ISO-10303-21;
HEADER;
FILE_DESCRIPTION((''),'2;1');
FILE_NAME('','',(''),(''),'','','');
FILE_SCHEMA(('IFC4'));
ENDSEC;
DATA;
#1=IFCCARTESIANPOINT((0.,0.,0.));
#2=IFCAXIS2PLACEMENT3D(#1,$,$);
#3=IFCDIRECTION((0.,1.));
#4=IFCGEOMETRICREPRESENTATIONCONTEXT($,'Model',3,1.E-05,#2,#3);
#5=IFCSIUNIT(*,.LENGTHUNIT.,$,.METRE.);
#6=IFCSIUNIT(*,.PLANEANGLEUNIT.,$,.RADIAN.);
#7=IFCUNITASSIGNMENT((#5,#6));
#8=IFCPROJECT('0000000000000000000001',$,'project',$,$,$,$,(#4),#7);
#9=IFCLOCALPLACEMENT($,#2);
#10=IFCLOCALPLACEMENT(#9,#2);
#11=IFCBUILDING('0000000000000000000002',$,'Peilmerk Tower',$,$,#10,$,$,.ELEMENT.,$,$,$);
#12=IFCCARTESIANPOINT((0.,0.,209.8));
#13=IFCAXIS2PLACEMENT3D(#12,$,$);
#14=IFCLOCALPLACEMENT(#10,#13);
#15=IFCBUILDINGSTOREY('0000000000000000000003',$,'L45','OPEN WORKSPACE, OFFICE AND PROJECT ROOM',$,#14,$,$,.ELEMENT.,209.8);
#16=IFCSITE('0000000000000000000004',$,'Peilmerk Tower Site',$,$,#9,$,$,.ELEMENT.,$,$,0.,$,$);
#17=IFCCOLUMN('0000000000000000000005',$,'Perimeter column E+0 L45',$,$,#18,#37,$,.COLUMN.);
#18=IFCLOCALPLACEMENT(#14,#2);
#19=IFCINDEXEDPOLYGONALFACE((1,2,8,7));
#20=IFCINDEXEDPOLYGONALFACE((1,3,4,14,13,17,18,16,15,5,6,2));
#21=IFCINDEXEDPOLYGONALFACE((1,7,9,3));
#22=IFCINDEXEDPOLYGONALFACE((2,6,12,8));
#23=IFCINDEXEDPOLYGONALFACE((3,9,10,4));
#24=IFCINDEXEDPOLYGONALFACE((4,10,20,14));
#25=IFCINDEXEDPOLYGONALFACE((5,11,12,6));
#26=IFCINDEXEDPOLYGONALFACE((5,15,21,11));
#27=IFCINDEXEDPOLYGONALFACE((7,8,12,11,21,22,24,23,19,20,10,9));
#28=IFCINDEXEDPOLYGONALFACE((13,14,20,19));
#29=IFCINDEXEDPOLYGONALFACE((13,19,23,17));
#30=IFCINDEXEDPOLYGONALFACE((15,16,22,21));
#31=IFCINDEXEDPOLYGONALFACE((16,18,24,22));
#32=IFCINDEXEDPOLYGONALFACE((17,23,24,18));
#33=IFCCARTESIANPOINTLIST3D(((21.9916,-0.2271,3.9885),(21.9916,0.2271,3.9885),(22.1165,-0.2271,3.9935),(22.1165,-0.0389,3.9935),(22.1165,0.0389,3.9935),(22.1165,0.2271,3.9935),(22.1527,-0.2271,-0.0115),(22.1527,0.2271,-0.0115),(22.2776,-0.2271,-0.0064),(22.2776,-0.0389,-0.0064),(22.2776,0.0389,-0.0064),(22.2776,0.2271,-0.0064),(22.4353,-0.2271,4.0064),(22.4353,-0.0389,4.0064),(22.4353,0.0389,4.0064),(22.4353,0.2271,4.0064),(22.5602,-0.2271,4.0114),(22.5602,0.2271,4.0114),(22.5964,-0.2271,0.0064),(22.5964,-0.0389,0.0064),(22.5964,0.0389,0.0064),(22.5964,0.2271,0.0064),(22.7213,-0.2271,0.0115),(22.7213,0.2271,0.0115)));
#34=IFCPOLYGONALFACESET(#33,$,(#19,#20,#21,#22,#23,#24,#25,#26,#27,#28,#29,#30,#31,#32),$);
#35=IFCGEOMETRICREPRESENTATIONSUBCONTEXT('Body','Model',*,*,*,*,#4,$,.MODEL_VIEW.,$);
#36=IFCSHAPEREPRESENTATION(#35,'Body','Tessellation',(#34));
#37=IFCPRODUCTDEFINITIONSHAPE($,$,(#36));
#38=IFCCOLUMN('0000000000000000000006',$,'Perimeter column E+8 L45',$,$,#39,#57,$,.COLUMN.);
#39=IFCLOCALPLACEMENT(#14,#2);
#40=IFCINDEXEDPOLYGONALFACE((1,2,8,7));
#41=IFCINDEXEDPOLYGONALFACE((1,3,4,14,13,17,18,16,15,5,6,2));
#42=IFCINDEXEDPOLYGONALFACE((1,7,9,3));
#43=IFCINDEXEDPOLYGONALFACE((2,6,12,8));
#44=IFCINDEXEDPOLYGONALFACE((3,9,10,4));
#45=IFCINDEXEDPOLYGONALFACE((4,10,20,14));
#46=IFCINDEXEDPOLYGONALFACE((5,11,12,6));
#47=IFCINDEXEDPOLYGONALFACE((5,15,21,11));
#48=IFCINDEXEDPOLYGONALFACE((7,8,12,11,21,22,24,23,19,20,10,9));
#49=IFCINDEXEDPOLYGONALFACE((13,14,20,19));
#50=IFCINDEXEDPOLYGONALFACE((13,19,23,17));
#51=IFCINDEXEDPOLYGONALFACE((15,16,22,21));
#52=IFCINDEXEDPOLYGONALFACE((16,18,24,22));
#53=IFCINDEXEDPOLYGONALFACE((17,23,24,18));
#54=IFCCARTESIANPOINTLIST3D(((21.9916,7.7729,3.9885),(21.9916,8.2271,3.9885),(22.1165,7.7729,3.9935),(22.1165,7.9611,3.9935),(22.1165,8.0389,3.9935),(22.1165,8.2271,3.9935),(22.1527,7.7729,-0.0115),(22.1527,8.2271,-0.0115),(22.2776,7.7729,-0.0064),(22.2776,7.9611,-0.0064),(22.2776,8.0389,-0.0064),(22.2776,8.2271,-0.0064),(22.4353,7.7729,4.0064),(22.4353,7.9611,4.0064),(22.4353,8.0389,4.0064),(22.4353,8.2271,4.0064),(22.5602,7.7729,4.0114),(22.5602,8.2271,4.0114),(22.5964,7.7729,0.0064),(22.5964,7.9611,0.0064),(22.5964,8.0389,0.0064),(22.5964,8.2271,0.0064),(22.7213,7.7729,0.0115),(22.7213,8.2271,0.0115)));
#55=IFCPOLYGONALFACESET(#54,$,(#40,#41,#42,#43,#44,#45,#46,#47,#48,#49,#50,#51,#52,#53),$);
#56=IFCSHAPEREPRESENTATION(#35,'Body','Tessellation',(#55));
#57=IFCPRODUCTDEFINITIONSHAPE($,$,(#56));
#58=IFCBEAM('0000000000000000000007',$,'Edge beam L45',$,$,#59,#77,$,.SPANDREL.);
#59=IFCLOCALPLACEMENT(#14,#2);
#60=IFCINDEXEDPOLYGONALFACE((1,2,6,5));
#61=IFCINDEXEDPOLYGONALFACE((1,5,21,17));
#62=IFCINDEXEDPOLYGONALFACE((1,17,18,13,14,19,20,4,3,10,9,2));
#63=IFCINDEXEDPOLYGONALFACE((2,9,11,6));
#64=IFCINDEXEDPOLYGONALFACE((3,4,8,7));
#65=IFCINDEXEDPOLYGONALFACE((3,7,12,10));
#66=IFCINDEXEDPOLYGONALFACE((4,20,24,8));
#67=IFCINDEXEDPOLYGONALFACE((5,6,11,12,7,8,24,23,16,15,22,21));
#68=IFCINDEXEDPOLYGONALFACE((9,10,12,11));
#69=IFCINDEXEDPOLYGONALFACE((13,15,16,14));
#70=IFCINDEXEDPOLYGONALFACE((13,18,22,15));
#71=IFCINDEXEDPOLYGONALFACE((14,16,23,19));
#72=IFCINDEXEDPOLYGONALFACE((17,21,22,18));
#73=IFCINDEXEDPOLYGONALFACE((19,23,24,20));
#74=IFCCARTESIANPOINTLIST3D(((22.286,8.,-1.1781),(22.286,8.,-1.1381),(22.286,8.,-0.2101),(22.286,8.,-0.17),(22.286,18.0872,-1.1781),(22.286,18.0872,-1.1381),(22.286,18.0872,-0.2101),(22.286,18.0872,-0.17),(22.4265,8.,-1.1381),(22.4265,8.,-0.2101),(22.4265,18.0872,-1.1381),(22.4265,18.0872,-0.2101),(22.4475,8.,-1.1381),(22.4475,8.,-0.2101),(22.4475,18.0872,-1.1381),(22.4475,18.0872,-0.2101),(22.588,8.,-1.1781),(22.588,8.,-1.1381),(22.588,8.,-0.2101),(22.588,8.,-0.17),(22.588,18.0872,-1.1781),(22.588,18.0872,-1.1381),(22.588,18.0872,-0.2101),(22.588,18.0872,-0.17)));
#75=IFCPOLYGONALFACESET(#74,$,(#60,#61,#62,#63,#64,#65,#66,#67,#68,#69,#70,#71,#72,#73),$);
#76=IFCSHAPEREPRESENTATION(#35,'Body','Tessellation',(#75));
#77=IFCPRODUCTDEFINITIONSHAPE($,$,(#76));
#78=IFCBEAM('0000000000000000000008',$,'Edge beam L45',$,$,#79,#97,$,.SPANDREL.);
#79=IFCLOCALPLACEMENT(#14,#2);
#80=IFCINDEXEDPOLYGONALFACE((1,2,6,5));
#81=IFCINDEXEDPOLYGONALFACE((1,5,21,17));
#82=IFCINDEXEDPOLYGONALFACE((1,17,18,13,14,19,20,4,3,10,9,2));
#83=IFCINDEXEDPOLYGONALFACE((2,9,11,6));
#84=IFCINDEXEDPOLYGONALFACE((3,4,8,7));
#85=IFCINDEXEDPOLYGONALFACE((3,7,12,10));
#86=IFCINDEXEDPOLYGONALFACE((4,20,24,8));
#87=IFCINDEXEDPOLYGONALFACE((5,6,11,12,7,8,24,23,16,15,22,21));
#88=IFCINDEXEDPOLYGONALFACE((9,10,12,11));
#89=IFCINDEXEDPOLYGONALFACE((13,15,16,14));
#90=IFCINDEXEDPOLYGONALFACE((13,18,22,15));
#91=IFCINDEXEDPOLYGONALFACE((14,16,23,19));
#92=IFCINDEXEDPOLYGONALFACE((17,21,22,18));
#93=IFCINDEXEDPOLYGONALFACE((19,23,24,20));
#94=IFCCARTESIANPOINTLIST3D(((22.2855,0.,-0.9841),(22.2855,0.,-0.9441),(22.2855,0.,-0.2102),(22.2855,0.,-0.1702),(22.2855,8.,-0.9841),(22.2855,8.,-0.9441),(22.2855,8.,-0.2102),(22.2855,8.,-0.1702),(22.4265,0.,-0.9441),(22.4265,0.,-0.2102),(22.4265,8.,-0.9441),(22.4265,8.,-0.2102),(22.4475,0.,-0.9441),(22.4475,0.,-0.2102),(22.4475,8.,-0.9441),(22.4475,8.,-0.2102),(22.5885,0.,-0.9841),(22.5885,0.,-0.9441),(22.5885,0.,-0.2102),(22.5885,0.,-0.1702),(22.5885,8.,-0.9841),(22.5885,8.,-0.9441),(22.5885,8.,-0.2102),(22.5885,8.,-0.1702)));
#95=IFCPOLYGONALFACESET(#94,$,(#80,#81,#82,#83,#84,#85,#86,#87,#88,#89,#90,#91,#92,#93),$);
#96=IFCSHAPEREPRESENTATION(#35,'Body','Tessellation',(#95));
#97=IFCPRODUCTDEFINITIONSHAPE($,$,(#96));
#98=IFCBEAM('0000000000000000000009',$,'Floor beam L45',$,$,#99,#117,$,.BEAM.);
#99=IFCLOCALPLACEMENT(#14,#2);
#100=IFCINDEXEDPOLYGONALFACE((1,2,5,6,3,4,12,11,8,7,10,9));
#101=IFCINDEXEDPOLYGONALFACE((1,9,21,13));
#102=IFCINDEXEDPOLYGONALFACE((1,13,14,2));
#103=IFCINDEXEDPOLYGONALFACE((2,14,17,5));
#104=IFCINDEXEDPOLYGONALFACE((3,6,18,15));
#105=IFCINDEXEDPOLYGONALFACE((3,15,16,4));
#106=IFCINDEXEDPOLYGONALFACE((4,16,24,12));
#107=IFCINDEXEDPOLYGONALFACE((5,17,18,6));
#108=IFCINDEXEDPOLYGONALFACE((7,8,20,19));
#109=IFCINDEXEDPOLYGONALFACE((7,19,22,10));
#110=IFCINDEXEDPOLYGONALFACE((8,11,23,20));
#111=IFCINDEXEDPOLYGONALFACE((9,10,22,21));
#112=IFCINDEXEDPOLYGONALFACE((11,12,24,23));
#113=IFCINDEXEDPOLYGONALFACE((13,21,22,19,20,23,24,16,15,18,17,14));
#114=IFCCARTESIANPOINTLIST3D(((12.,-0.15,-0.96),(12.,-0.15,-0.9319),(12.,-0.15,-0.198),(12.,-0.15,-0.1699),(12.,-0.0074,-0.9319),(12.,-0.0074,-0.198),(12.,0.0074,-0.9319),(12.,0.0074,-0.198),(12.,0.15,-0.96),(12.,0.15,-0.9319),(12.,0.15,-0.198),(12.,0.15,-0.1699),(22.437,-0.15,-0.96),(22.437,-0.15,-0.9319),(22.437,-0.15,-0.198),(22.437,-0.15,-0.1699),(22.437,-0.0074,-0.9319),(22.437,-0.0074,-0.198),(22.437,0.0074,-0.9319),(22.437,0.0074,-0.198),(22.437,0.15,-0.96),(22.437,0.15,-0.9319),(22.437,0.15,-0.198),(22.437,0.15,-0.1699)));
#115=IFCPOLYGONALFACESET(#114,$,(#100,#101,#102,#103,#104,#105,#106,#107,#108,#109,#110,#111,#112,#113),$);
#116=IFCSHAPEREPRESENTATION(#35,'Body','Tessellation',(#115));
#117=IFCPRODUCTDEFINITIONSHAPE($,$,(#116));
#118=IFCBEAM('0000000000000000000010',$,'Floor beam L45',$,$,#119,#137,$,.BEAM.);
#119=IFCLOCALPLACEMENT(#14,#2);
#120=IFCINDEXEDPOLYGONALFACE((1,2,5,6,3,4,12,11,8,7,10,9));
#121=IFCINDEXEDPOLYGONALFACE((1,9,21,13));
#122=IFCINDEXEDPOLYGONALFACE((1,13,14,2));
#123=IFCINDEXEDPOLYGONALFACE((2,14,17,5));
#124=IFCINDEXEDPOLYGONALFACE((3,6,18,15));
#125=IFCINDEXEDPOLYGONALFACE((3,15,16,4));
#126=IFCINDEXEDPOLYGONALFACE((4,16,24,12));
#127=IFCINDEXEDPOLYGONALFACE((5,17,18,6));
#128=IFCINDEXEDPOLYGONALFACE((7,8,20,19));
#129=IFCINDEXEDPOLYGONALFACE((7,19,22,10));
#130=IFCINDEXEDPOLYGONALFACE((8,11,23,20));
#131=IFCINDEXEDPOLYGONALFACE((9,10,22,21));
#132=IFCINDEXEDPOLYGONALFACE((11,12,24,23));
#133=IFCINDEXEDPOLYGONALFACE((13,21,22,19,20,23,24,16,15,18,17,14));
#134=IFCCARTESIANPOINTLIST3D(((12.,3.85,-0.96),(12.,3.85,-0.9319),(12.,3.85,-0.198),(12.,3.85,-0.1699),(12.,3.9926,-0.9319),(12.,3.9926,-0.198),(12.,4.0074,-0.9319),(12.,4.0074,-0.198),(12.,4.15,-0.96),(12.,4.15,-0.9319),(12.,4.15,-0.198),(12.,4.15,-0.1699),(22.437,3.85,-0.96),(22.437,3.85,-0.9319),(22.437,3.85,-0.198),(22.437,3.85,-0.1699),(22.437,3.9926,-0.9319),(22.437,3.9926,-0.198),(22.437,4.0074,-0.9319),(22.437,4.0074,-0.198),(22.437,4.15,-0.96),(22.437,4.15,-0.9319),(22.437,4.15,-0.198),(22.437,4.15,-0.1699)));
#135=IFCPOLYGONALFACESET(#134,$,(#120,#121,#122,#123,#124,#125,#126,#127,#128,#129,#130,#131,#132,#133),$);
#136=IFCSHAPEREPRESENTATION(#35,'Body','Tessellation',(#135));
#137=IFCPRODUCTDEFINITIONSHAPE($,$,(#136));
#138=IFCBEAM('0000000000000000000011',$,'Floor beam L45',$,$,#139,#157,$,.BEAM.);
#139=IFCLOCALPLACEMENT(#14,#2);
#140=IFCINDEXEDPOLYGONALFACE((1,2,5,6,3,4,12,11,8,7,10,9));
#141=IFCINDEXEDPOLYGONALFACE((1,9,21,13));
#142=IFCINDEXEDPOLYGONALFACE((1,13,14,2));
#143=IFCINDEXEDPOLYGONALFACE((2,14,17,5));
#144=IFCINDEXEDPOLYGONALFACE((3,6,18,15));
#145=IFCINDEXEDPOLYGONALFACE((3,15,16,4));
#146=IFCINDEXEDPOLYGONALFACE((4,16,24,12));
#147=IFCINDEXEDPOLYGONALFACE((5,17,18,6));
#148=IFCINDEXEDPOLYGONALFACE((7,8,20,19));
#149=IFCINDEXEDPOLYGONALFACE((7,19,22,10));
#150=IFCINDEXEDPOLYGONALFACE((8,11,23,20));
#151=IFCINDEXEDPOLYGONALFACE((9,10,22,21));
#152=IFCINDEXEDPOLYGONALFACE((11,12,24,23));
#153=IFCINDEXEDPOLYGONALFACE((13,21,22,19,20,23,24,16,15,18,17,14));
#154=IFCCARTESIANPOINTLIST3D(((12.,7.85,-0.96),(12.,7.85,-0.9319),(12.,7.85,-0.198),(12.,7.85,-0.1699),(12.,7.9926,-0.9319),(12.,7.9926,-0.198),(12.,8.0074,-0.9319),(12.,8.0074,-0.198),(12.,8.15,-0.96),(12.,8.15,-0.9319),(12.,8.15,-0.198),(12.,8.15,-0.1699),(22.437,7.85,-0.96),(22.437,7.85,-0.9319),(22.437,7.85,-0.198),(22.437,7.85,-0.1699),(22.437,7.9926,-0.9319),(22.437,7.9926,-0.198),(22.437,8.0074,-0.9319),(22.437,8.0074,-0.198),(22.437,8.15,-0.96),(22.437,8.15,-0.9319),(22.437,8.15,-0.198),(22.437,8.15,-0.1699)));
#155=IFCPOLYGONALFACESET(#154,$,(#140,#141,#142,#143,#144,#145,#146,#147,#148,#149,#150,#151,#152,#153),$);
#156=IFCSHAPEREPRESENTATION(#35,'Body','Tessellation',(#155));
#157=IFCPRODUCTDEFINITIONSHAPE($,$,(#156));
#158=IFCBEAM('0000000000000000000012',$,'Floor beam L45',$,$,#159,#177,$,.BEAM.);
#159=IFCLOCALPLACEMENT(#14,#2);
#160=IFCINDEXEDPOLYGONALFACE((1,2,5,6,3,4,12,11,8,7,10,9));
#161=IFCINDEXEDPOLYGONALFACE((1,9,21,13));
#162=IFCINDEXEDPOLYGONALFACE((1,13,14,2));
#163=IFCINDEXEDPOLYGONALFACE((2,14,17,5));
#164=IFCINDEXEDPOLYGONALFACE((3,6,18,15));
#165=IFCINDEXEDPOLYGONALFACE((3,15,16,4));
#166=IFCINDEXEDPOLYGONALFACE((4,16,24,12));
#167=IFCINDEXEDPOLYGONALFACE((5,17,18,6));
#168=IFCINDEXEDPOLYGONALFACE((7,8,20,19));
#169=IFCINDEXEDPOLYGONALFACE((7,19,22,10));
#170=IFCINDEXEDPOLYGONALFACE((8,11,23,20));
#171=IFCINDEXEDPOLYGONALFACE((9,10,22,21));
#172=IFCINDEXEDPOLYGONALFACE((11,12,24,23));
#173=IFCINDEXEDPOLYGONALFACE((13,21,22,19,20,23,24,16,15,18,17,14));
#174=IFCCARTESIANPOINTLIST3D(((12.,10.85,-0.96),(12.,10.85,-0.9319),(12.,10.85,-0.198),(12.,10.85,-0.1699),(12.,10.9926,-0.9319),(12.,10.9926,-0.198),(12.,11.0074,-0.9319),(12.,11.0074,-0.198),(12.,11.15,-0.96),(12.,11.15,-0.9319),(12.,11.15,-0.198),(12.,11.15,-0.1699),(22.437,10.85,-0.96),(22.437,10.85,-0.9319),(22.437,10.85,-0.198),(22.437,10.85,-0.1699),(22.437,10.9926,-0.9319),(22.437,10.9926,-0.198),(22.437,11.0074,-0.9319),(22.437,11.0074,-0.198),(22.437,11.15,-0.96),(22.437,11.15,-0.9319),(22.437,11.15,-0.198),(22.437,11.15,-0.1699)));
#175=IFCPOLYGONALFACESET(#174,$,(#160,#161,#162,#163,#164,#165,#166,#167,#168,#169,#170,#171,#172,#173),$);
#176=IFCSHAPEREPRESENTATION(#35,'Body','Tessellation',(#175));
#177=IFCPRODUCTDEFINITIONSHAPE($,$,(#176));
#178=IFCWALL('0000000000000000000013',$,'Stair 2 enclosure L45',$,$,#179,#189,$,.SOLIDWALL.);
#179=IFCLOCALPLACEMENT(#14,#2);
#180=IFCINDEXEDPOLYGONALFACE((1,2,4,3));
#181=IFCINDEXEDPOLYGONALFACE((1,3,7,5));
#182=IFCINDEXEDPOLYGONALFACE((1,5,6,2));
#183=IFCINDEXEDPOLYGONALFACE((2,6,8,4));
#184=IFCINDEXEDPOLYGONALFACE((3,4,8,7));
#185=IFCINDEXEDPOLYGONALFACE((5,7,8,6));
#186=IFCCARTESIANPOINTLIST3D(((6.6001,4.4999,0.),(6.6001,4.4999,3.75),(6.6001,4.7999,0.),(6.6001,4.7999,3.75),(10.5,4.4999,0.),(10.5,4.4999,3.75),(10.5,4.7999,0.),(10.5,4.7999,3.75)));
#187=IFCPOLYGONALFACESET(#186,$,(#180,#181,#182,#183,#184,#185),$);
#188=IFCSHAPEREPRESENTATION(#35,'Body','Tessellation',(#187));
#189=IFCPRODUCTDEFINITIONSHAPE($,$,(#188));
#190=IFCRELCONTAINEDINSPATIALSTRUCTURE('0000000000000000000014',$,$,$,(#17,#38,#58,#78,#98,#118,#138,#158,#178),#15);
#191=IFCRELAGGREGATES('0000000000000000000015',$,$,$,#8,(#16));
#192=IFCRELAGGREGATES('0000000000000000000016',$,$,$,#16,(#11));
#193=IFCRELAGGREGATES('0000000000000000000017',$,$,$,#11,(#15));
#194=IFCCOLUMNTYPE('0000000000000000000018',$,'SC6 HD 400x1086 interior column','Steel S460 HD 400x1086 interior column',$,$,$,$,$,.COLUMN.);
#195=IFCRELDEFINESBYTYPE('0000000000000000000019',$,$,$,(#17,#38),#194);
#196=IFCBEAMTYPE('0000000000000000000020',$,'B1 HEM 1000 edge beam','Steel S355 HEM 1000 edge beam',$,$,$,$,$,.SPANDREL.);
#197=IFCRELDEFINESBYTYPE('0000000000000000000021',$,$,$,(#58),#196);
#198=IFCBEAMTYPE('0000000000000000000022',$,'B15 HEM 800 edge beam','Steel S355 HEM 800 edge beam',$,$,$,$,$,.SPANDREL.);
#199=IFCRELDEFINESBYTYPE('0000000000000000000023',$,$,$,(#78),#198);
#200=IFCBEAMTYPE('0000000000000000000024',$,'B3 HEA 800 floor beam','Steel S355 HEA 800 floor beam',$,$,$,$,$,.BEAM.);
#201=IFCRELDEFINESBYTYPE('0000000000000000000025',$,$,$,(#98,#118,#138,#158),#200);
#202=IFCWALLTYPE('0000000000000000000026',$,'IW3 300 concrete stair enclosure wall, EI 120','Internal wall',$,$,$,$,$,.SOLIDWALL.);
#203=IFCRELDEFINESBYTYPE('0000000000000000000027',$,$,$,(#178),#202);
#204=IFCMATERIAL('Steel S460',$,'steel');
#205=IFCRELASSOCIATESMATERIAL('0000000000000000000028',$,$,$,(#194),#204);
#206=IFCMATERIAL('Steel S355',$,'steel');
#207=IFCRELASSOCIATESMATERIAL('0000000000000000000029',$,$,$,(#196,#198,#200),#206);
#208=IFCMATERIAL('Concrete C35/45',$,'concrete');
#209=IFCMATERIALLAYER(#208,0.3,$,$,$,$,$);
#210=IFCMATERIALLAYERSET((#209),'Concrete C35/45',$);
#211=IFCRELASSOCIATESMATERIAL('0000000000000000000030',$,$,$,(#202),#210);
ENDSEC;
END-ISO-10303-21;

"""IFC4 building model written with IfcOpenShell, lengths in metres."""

from ifc_helpers import new_model, si_unit, direction, frame, frame_2d, origin, origin_2d, place, context, subcontext, project, spatial, rectangle, i_section, extrude, material, layer, layer_set, material_profile, profile_set, type_object, element, save


model = new_model("IFC4")

# Units and contexts
model_context = context("Model", 3, precision=1e-05, world=origin(), true_north=direction((0.0, 1.0)))
body_context = subcontext(model_context, "Body", "Model", "MODEL_VIEW")
ifc_project = project(units=[si_unit("LENGTHUNIT", "METRE"), si_unit("PLANEANGLEUNIT", "RADIAN")], contexts=[model_context])

# Site, building, storey
site_placement = place(None, origin())
site = spatial("IfcSite", under=ifc_project, at=site_placement, Name="Peilmerk Tower Site", CompositionType="ELEMENT", RefElevation=0.0)
building_placement = place(site_placement, origin())
building = spatial("IfcBuilding", under=site, at=building_placement, Name="Peilmerk Tower", CompositionType="ELEMENT")
storey_placement = place(building_placement, frame((0.0, 0.0, 209.8)))
storey = spatial("IfcBuildingStorey", under=building, at=storey_placement, Name="L45", Description="OPEN WORKSPACE, OFFICE AND PROJECT ROOM", CompositionType="ELEMENT", Elevation=209.8)

# Columns
ifc_material_1 = material(Name="Steel S460", Category="steel")
ifc_material_profile_1 = material_profile(ifc_material_1, i_section(OverallWidth=0.4541, OverallDepth=0.5691, WebThickness=0.0779, FlangeThickness=0.125, at=origin_2d()), Name="HD 400x1086")
ifc_profile_set_1 = profile_set([ifc_material_profile_1], Name="Steel S460")
column_type = type_object("IfcColumnType", Name="SC6 HD 400x1086 interior column", Description="Steel S460 HD 400x1086 interior column", PredefinedType="COLUMN", material=ifc_profile_set_1)
for number, where, z_axis, x_axis, name in (
    (1, (22.437, 0.0, 0.0), (-0.040251, 0.0, 0.99919), (0.0, -1.0, 0.0), "Perimeter column E+0 L45"),
    (2, (22.437, 8.0, 0.0), (-0.040251, 0.0, 0.99919), (0.0, -1.0, 0.0), "Perimeter column E+8 L45"),
):
    element("IfcColumn", number, at=place(storey_placement, frame(where, z_axis=z_axis, x_axis=x_axis)), inside=storey, type_object=column_type, Name=name, PredefinedType="COLUMN", context=body_context, shape_type="SweptSolid", body=[
        extrude(i_section(OverallWidth=0.4541, OverallDepth=0.5691, WebThickness=0.0779, FlangeThickness=0.125, at=origin_2d()), origin(), (0.0, 0.0, 1.0), 4.0032),
    ])

# Beams
ifc_material_2 = material(Name="Steel S355", Category="steel")
ifc_material_profile_2 = material_profile(ifc_material_2, i_section(OverallWidth=0.302, OverallDepth=1.0081, WebThickness=0.021, FlangeThickness=0.04, at=origin_2d()), Name="HEM 1000")
ifc_profile_set_2 = profile_set([ifc_material_profile_2], Name="Steel S355")
beam_type_1 = type_object("IfcBeamType", Name="B1 HEM 1000 edge beam", Description="Steel S355 HEM 1000 edge beam", PredefinedType="SPANDREL", material=ifc_profile_set_2)
beam_1_placement = place(storey_placement, frame((22.437, 8.0, -0.6741), z_axis=(0.0, 1.0, 0.0), x_axis=(-1.0, 0.0, 0.0)))
element("IfcBeam", 3, at=beam_1_placement, inside=storey, type_object=beam_type_1, Name="Edge beam L45", PredefinedType="SPANDREL", context=body_context, shape_type="SweptSolid", body=[
    extrude(i_section(OverallWidth=0.302, OverallDepth=1.0081, WebThickness=0.021, FlangeThickness=0.04, at=origin_2d()), origin(), (0.0, 0.0, 1.0), 10.0872),
])
ifc_material_profile_3 = material_profile(ifc_material_2, i_section(OverallWidth=0.303, OverallDepth=0.814, WebThickness=0.021, FlangeThickness=0.04, at=origin_2d()), Name="HEM 800")
ifc_profile_set_3 = profile_set([ifc_material_profile_3], Name="Steel S355")
beam_type_2 = type_object("IfcBeamType", Name="B15 HEM 800 edge beam", Description="Steel S355 HEM 800 edge beam", PredefinedType="SPANDREL", material=ifc_profile_set_3)
beam_2_placement = place(storey_placement, frame((22.437, 0.0, -0.5771), z_axis=(0.0, 1.0, 0.0), x_axis=(-1.0, 0.0, 0.0)))
element("IfcBeam", 4, at=beam_2_placement, inside=storey, type_object=beam_type_2, Name="Edge beam L45", PredefinedType="SPANDREL", context=body_context, shape_type="SweptSolid", body=[
    extrude(i_section(OverallWidth=0.303, OverallDepth=0.814, WebThickness=0.021, FlangeThickness=0.04, at=origin_2d()), origin(), (0.0, 0.0, 1.0), 8.0),
])
ifc_material_profile_4 = material_profile(ifc_material_2, i_section(OverallWidth=0.3, OverallDepth=0.79, WebThickness=0.0149, FlangeThickness=0.0281, at=origin_2d()), Name="HEA 800")
ifc_profile_set_4 = profile_set([ifc_material_profile_4], Name="Steel S355")
beam_type_3 = type_object("IfcBeamType", Name="B3 HEA 800 floor beam", Description="Steel S355 HEA 800 floor beam", PredefinedType="BEAM", material=ifc_profile_set_4)
for number, where, z_axis, x_axis, name in (
    (5, (12.0, 0.0, -0.5649), (1.0, 0.0, 0.0), (0.0, 1.0, 0.0), "Floor beam L45"),
    (6, (12.0, 4.0, -0.5649), (1.0, 0.0, 0.0), (0.0, 1.0, 0.0), "Floor beam L45"),
    (7, (12.0, 8.0, -0.5649), (1.0, 0.0, 0.0), (0.0, 1.0, 0.0), "Floor beam L45"),
    (8, (12.0, 11.0, -0.5649), (1.0, 0.0, 0.0), (0.0, 1.0, 0.0), "Floor beam L45"),
):
    element("IfcBeam", number, at=place(storey_placement, frame(where, z_axis=z_axis, x_axis=x_axis)), inside=storey, type_object=beam_type_3, Name=name, PredefinedType="BEAM", context=body_context, shape_type="SweptSolid", body=[
        extrude(i_section(OverallWidth=0.3, OverallDepth=0.79, WebThickness=0.0149, FlangeThickness=0.0281, at=origin_2d()), origin(), (0.0, 0.0, 1.0), 10.437),
    ])

# Wall
ifc_material_3 = material(Name="Concrete C35/45", Category="concrete")
ifc_layer_1 = layer(ifc_material_3, 0.3)
ifc_layer_set_1 = layer_set([ifc_layer_1], Name="Concrete C35/45")
wall_type_1 = type_object("IfcWallType", Name="IW3 300 concrete stair enclosure wall, EI 120", Description="Internal wall", PredefinedType="SOLIDWALL", material=ifc_layer_set_1)
wall_1_placement = place(storey_placement, frame((6.6001, 4.6499, 0.0), z_axis=(0.0, 0.0, 1.0), x_axis=(1.0, 0.0, 0.0)))
element("IfcWall", 9, at=wall_1_placement, inside=storey, type_object=wall_type_1, Name="Stair 2 enclosure L45", PredefinedType="SOLIDWALL", context=body_context, shape_type="SweptSolid", body=[
    extrude(rectangle(XDim=3.8999, YDim=0.3, at=frame_2d((1.95, 0.0))), origin(), (0.0, 0.0, 1.0), 3.75),
])

save(model, "model.ifc")
